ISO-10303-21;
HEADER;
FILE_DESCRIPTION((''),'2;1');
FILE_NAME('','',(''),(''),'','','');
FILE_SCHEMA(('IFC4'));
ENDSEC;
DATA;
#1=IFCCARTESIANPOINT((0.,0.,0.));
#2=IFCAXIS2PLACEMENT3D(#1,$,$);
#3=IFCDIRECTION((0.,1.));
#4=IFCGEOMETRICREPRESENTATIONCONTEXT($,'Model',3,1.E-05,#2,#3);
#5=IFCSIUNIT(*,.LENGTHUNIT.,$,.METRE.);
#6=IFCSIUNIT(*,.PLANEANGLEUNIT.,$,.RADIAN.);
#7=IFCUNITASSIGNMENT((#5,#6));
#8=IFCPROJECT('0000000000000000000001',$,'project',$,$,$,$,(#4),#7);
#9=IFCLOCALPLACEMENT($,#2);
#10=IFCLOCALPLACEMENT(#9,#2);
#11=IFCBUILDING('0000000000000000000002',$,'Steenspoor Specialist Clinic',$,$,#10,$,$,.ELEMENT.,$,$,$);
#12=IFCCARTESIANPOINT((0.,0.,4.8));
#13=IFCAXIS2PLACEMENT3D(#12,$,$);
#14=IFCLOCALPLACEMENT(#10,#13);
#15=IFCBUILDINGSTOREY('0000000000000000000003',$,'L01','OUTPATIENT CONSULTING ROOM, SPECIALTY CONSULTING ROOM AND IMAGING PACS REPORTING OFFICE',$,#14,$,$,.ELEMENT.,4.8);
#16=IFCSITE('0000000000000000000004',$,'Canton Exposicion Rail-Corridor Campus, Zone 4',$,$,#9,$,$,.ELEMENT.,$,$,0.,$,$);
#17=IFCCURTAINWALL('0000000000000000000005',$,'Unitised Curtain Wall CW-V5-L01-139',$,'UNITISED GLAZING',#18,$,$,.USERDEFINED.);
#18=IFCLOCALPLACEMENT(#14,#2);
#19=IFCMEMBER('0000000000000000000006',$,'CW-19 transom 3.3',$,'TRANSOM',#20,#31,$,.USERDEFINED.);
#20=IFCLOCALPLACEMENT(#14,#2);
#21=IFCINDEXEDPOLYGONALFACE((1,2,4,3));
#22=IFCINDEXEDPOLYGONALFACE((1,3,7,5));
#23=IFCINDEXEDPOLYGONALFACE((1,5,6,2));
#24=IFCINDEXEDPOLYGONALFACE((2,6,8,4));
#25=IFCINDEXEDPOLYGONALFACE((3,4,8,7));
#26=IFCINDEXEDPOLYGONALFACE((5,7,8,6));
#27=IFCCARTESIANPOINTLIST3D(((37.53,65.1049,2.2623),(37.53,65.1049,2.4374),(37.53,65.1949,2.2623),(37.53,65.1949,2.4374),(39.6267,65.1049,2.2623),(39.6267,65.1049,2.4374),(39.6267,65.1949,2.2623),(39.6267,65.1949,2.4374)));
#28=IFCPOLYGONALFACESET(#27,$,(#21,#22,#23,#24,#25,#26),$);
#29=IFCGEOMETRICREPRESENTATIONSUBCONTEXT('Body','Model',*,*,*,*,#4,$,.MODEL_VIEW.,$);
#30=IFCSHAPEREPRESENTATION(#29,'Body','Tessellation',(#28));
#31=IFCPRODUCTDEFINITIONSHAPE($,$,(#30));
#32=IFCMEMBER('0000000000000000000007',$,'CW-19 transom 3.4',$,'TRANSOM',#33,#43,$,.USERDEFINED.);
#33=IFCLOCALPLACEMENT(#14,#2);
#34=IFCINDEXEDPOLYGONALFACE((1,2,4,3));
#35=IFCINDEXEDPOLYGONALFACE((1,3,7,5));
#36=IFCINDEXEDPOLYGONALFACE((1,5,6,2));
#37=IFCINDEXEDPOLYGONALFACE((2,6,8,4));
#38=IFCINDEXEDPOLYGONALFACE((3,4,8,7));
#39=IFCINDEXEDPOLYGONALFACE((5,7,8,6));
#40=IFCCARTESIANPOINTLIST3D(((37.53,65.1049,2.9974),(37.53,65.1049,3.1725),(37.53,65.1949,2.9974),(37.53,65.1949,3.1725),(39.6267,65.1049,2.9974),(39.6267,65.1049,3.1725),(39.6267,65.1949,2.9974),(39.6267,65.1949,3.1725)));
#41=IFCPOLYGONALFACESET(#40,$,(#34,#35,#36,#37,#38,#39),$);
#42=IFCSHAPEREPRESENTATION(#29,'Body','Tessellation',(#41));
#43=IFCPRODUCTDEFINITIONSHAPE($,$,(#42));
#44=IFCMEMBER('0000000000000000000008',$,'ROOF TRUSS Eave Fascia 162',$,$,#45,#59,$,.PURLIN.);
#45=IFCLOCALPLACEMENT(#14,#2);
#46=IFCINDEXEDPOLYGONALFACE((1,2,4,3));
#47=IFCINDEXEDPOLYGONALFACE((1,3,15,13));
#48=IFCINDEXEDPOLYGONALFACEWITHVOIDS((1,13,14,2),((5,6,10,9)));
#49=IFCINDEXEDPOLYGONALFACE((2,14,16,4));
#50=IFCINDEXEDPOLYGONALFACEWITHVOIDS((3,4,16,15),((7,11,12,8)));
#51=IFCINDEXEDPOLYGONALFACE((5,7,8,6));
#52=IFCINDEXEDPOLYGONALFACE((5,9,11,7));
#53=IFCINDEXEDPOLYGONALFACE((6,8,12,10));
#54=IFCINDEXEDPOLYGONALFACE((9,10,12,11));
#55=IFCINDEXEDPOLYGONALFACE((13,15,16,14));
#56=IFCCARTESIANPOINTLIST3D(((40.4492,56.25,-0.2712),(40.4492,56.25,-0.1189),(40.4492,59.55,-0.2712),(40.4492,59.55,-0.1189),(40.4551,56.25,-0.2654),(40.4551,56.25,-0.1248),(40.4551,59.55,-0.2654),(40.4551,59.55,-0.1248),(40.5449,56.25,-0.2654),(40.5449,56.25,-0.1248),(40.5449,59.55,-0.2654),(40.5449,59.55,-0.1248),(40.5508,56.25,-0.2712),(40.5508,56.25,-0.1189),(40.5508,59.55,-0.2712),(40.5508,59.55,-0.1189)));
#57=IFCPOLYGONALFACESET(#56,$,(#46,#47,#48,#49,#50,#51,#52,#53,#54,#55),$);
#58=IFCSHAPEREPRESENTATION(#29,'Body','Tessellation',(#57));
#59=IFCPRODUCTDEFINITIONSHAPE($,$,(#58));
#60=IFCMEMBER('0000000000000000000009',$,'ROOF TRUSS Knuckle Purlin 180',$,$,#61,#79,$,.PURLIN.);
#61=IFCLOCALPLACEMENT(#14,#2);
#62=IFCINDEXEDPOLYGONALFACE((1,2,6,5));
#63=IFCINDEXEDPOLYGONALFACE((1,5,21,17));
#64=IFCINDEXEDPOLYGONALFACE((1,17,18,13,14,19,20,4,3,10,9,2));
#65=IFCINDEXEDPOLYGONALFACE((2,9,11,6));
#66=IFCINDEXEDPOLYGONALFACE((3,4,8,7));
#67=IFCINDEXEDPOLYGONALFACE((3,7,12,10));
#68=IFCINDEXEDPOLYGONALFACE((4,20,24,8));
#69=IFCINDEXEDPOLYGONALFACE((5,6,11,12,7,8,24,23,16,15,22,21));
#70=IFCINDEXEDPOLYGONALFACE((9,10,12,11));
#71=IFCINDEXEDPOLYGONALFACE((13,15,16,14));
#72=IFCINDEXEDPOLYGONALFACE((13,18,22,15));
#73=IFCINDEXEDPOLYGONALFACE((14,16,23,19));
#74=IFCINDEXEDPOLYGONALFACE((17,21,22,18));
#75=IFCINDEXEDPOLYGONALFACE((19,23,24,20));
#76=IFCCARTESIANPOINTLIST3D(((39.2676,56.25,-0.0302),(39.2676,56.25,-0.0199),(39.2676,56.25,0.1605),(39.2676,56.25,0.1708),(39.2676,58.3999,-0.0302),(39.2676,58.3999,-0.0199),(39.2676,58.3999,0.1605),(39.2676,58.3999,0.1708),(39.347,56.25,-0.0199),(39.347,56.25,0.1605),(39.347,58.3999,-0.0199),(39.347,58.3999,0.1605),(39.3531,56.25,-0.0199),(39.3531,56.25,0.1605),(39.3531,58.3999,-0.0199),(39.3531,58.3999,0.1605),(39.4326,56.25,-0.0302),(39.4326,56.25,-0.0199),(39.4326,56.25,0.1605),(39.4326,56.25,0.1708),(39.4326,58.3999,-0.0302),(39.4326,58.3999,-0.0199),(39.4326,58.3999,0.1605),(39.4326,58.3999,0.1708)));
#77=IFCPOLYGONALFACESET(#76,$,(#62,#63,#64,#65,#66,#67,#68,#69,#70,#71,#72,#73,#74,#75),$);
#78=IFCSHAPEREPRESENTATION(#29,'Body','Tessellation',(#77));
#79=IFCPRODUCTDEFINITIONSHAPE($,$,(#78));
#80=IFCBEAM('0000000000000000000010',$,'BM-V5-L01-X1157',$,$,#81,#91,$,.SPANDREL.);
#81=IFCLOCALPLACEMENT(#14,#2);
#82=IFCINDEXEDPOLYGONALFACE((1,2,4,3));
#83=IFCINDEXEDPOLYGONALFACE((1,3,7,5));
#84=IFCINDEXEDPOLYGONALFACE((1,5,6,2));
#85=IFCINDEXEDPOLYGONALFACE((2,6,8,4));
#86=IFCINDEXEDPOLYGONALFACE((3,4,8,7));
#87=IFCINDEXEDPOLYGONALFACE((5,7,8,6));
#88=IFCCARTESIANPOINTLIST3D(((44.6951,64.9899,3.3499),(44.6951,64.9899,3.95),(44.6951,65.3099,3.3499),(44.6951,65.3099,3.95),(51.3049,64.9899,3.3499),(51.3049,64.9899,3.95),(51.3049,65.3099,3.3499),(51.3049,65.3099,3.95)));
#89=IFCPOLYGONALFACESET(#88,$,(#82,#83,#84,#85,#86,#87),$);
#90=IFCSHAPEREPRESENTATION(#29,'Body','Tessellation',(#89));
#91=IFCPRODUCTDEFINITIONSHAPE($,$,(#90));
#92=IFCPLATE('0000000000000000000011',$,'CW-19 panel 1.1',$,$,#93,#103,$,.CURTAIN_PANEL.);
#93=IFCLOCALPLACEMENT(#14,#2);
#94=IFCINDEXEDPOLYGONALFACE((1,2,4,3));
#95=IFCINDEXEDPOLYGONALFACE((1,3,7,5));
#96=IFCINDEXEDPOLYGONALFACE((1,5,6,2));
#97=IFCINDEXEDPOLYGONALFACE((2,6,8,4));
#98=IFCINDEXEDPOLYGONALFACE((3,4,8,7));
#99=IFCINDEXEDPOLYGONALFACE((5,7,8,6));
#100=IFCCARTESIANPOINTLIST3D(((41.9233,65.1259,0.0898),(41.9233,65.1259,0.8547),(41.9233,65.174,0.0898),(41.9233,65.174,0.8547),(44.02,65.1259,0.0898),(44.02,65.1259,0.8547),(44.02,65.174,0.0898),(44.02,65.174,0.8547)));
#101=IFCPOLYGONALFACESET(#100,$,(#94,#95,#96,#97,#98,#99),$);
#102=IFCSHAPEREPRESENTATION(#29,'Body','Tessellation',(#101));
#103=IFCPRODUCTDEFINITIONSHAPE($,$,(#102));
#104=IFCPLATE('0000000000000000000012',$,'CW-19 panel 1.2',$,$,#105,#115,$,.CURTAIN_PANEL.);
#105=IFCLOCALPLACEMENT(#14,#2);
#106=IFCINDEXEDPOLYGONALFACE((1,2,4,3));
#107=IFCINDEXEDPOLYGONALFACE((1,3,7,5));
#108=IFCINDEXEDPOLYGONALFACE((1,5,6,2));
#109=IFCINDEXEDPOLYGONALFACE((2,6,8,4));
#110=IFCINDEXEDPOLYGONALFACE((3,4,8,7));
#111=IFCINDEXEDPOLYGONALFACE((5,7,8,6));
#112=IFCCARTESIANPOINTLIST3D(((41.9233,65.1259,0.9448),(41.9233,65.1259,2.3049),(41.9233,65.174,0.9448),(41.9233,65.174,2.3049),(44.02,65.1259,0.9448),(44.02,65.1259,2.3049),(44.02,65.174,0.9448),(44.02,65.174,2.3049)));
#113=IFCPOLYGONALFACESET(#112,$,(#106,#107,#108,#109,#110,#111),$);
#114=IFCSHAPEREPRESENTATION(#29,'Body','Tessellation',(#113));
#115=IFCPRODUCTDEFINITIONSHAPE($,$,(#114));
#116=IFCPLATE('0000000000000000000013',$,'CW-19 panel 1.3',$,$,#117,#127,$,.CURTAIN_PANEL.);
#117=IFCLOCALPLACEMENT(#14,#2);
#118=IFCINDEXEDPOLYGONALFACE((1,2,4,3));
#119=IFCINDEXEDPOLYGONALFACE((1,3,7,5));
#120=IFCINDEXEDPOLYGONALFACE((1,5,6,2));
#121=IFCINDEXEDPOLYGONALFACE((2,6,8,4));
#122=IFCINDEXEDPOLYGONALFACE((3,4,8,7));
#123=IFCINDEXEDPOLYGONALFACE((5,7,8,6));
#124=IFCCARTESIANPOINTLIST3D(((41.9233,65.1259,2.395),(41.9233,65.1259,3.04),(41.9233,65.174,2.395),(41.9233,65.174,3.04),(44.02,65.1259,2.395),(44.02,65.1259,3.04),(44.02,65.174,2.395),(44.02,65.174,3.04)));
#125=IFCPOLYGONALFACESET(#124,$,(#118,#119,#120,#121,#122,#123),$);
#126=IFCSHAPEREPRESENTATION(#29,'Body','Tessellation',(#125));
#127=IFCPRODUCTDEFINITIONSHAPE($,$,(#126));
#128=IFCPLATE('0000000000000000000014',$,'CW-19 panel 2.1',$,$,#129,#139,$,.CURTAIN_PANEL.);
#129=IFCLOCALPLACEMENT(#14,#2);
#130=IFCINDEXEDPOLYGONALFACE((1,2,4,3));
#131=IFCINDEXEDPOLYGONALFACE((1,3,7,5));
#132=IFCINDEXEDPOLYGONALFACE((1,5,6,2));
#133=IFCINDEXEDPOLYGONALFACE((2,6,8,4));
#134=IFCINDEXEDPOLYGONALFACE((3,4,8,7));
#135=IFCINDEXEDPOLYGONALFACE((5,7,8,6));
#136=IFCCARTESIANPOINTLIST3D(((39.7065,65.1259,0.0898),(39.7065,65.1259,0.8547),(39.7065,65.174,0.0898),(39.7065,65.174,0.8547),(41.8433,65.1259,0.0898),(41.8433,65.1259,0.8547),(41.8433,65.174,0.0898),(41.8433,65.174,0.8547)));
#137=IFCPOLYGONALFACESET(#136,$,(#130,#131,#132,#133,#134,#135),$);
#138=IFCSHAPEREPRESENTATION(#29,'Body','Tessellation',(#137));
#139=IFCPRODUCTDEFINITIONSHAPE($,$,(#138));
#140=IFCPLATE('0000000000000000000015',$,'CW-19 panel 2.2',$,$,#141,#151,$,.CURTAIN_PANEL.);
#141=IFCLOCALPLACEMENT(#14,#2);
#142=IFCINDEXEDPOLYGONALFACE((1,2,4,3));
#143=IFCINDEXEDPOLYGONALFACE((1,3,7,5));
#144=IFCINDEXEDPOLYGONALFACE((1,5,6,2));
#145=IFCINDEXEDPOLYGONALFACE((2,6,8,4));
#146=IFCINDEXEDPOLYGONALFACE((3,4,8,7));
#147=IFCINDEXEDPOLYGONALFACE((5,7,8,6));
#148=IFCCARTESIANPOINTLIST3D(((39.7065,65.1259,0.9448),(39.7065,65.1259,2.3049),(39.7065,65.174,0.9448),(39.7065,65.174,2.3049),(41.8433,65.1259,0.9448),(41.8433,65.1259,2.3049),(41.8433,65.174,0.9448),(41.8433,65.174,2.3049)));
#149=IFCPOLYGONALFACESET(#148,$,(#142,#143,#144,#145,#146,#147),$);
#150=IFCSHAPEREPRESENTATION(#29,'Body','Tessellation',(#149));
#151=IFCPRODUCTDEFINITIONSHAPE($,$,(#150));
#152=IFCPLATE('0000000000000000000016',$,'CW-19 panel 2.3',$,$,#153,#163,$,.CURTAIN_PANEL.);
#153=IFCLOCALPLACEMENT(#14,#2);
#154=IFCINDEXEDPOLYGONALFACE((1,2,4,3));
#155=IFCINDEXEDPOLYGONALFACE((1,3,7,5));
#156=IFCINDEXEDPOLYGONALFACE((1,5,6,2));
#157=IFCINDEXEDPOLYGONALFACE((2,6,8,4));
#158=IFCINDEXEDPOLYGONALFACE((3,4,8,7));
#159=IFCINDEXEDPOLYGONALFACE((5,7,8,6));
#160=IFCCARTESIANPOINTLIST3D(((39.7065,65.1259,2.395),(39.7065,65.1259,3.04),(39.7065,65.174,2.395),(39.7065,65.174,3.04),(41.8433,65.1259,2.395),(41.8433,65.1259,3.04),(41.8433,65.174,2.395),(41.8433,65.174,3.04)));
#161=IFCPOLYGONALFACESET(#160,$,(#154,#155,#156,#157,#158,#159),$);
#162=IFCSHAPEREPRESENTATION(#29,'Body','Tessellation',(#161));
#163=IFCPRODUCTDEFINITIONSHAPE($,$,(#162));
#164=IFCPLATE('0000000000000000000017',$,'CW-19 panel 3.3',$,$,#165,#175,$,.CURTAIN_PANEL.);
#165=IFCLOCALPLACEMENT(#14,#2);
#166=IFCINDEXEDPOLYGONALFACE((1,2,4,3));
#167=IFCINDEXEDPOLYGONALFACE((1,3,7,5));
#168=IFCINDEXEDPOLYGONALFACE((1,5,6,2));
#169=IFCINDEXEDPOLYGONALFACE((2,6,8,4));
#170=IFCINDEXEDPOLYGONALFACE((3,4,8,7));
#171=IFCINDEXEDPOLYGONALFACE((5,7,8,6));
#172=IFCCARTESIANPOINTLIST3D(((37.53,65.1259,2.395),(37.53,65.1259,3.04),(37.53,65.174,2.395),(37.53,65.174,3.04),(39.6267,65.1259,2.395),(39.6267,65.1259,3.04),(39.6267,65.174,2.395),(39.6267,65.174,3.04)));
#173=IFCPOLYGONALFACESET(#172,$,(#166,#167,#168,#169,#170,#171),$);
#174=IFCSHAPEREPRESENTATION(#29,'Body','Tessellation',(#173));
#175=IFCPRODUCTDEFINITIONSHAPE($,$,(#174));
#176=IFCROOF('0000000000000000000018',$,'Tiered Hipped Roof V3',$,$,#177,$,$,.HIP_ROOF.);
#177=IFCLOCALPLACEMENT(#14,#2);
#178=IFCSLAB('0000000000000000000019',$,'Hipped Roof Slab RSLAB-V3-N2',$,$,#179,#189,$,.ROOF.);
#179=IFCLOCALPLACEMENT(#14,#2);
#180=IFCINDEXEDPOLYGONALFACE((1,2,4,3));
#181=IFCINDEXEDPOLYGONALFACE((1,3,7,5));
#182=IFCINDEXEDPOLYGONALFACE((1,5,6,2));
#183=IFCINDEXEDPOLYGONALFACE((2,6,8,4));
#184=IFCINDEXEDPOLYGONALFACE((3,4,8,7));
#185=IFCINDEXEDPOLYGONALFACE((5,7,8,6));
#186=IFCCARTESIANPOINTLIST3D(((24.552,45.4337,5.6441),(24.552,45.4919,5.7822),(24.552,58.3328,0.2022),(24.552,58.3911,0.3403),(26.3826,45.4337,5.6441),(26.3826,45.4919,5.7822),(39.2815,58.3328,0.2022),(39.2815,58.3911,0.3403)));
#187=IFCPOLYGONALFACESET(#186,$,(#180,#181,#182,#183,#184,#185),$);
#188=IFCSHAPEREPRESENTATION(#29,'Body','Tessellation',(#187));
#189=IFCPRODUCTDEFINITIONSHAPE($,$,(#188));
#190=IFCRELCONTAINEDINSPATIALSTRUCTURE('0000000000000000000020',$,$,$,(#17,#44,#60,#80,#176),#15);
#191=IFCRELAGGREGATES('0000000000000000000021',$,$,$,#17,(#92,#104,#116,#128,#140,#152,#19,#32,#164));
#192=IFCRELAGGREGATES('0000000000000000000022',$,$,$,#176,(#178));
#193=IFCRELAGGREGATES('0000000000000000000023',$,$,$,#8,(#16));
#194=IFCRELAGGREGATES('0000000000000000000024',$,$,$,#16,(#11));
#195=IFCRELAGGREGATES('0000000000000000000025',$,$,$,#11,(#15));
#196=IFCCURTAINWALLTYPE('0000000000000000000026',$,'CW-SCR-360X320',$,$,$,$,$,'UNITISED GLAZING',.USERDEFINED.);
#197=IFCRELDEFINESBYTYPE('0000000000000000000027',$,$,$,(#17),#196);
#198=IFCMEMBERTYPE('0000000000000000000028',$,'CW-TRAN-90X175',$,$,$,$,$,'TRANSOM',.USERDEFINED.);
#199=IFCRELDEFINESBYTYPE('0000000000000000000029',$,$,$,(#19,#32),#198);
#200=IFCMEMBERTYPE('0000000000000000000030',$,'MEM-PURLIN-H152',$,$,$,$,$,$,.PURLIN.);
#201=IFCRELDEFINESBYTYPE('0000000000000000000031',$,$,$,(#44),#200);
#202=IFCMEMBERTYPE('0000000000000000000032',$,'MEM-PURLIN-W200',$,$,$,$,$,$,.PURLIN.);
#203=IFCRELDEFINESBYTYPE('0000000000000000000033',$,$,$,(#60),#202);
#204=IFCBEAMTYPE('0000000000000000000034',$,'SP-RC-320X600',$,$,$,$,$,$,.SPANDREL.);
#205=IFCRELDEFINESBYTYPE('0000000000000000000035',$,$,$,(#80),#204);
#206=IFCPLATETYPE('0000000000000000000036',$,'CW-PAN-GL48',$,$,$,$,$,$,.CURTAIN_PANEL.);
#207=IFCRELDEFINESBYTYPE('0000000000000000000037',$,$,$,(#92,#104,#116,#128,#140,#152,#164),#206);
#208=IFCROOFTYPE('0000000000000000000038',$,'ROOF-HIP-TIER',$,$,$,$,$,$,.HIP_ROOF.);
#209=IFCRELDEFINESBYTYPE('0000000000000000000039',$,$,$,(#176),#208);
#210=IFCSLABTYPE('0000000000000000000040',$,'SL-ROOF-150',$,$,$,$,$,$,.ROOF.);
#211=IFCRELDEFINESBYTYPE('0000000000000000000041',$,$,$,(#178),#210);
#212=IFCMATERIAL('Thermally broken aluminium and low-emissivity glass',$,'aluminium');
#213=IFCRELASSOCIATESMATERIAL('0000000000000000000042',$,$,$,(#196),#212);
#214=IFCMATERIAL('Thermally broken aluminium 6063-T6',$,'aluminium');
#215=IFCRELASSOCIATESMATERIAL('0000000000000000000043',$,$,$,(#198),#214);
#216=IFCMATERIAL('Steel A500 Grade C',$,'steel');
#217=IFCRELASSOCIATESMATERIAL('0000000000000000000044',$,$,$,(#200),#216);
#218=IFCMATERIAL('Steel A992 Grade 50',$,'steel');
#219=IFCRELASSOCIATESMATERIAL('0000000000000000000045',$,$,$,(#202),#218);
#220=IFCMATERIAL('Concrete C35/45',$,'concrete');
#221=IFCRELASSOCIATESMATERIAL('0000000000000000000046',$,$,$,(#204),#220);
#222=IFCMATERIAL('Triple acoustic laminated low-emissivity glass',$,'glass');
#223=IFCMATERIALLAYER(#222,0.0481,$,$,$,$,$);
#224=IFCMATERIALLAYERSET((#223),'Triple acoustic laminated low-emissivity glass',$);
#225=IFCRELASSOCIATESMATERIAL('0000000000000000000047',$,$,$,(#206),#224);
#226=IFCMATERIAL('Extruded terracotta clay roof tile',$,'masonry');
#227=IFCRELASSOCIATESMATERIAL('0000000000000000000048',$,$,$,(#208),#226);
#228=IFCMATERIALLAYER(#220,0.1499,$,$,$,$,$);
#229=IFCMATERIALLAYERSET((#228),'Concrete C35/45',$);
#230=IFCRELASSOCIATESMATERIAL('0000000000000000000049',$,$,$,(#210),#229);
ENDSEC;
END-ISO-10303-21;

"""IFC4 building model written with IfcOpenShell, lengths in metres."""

from ifc_helpers import new_model, si_unit, direction, frame, origin, origin_2d, place, context, subcontext, project, spatial, polyline, rectangle, hollow_rectangle, i_section, outline, extrude, material, layer, layer_set, material_profile, profile_set, type_object, element, aggregate, save


model = new_model("IFC4")

# Units and contexts
model_context = context("Model", 3, precision=1e-05, world=origin(), true_north=direction((0.0, 1.0)))
body_context = subcontext(model_context, "Body", "Model", "MODEL_VIEW")
ifc_project = project(units=[si_unit("LENGTHUNIT", "METRE"), si_unit("PLANEANGLEUNIT", "RADIAN")], contexts=[model_context])

# Site, building, storey
site_placement = place(None, origin())
site = spatial("IfcSite", under=ifc_project, at=site_placement, Name="Canton Exposicion Rail-Corridor Campus, Zone 4", CompositionType="ELEMENT", RefElevation=0.0)
building_placement = place(site_placement, origin())
building = spatial("IfcBuilding", under=site, at=building_placement, Name="Steenspoor Specialist Clinic", CompositionType="ELEMENT")
storey_placement = place(building_placement, frame((0.0, 0.0, 4.8)))
storey = spatial("IfcBuildingStorey", under=building, at=storey_placement, Name="L01", Description="OUTPATIENT CONSULTING ROOM, SPECIALTY CONSULTING ROOM AND IMAGING PACS REPORTING OFFICE", CompositionType="ELEMENT", Elevation=4.8)

# Curtain wall, members
ifc_material_1 = material(Name="Thermally broken aluminium and low-emissivity glass", Category="aluminium")
curtain_wall_type = type_object("IfcCurtainWallType", Name="CW-SCR-360X320", ElementType="UNITISED GLAZING", PredefinedType="USERDEFINED", material=ifc_material_1)
curtain_wall_placement = place(storey_placement, origin())
curtain_wall = element("IfcCurtainWall", 1, at=curtain_wall_placement, inside=storey, type_object=curtain_wall_type, Name="Unitised Curtain Wall CW-V5-L01-139", ObjectType="UNITISED GLAZING", PredefinedType="USERDEFINED")
ifc_material_2 = material(Name="Thermally broken aluminium 6063-T6", Category="aluminium")
ifc_material_profile_1 = material_profile(ifc_material_2, rectangle(XDim=0.0901, YDim=0.175, at=origin_2d()), Name="CWT-90X175")
ifc_profile_set_1 = profile_set([ifc_material_profile_1], Name="Thermally broken aluminium 6063-T6")
member_type_1 = type_object("IfcMemberType", Name="CW-TRAN-90X175", ElementType="TRANSOM", PredefinedType="USERDEFINED", material=ifc_profile_set_1)
member_1_placement = place(storey_placement, frame((39.6267, 65.1499, 2.3499), z_axis=(-1.0, 0.0, 0.0), x_axis=(0.0, -1.0, 0.0)))
member_1 = element("IfcMember", 2, at=member_1_placement, type_object=member_type_1, Name="CW-19 transom 3.3", ObjectType="TRANSOM", PredefinedType="USERDEFINED", context=body_context, shape_type="SweptSolid", body=[
    extrude(rectangle(XDim=0.0901, YDim=0.175, at=origin_2d()), origin(), (0.0, 0.0, 1.0), 2.0967),
])
member_2_placement = place(storey_placement, frame((39.6267, 65.1499, 3.085), z_axis=(-1.0, 0.0, 0.0), x_axis=(0.0, -1.0, 0.0)))
member_2 = element("IfcMember", 3, at=member_2_placement, type_object=member_type_1, Name="CW-19 transom 3.4", ObjectType="TRANSOM", PredefinedType="USERDEFINED", context=body_context, shape_type="SweptSolid", body=[
    extrude(rectangle(XDim=0.0901, YDim=0.175, at=origin_2d()), origin(), (0.0, 0.0, 1.0), 2.0967),
])

# Members
ifc_material_3 = material(Name="Steel A500 Grade C", Category="steel")
ifc_material_profile_2 = material_profile(ifc_material_3, hollow_rectangle(XDim=0.1016, YDim=0.1523, WallThickness=0.0059, at=origin_2d()), Name="HSS152X102X6.4")
ifc_profile_set_2 = profile_set([ifc_material_profile_2], Name="Steel A500 Grade C")
member_type_2 = type_object("IfcMemberType", Name="MEM-PURLIN-H152", PredefinedType="PURLIN", material=ifc_profile_set_2)
member_3_placement = place(storey_placement, frame((40.5, 56.25, -0.1951), z_axis=(0.0, 1.0, 0.0), x_axis=(-1.0, 0.0, 0.0)))
element("IfcMember", 4, at=member_3_placement, inside=storey, type_object=member_type_2, Name="ROOF TRUSS Eave Fascia 162", PredefinedType="PURLIN", context=body_context, shape_type="SweptSolid", body=[
    extrude(hollow_rectangle(XDim=0.1016, YDim=0.1523, WallThickness=0.0059, at=origin_2d()), origin(), (0.0, 0.0, 1.0), 3.3),
])
ifc_material_4 = material(Name="Steel A992 Grade 50", Category="steel")
ifc_material_profile_3 = material_profile(ifc_material_4, i_section(OverallWidth=0.165, OverallDepth=0.2009, WebThickness=0.0061, FlangeThickness=0.0103, at=origin_2d()), Name="W200X36")
ifc_profile_set_3 = profile_set([ifc_material_profile_3], Name="Steel A992 Grade 50")
member_type_3 = type_object("IfcMemberType", Name="MEM-PURLIN-W200", PredefinedType="PURLIN", material=ifc_profile_set_3)
member_4_placement = place(storey_placement, frame((39.3501, 56.25, 0.0703), z_axis=(0.0, 1.0, 0.0), x_axis=(-1.0, 0.0, 0.0)))
element("IfcMember", 5, at=member_4_placement, inside=storey, type_object=member_type_3, Name="ROOF TRUSS Knuckle Purlin 180", PredefinedType="PURLIN", context=body_context, shape_type="SweptSolid", body=[
    extrude(i_section(OverallWidth=0.165, OverallDepth=0.2009, WebThickness=0.0061, FlangeThickness=0.0103, at=origin_2d()), origin(), (0.0, 0.0, 1.0), 2.1499),
])

# Beam
ifc_material_5 = material(Name="Concrete C35/45", Category="concrete")
ifc_material_profile_4 = material_profile(ifc_material_5, rectangle(XDim=0.3201, YDim=0.6001, at=origin_2d()), Name="RC-SP-320X600")
ifc_profile_set_4 = profile_set([ifc_material_profile_4], Name="Concrete C35/45")
beam_type = type_object("IfcBeamType", Name="SP-RC-320X600", PredefinedType="SPANDREL", material=ifc_profile_set_4)
beam_placement = place(storey_placement, frame((44.6951, 65.1499, 3.6499), z_axis=(1.0, 0.0, 0.0), x_axis=(0.0, 1.0, 0.0)))
element("IfcBeam", 6, at=beam_placement, inside=storey, type_object=beam_type, Name="BM-V5-L01-X1157", PredefinedType="SPANDREL", context=body_context, shape_type="SweptSolid", body=[
    extrude(rectangle(XDim=0.3201, YDim=0.6001, at=origin_2d()), origin(), (0.0, 0.0, 1.0), 6.6099),
])

# Plates
ifc_material_6 = material(Name="Triple acoustic laminated low-emissivity glass", Category="glass")
ifc_layer_1 = layer(ifc_material_6, 0.0481)
ifc_layer_set_1 = layer_set([ifc_layer_1], Name="Triple acoustic laminated low-emissivity glass")
plate_type = type_object("IfcPlateType", Name="CW-PAN-GL48", PredefinedType="CURTAIN_PANEL", material=ifc_layer_set_1)
plate_1_placement = place(storey_placement, frame((42.9717, 65.1499, 0.0898), z_axis=(0.0, 0.0, 1.0), x_axis=(-1.0, 0.0, 0.0)))
plate_1 = element("IfcPlate", 7, at=plate_1_placement, type_object=plate_type, Name="CW-19 panel 1.1", PredefinedType="CURTAIN_PANEL", context=body_context, shape_type="SweptSolid", body=[
    extrude(rectangle(XDim=2.0967, YDim=0.0481, at=origin_2d()), origin(), (0.0, 0.0, 1.0), 0.7649),
])
plate_2_placement = place(storey_placement, frame((42.9717, 65.1499, 0.9448), z_axis=(0.0, 0.0, 1.0), x_axis=(-1.0, 0.0, 0.0)))
plate_2 = element("IfcPlate", 8, at=plate_2_placement, type_object=plate_type, Name="CW-19 panel 1.2", PredefinedType="CURTAIN_PANEL", context=body_context, shape_type="SweptSolid", body=[
    extrude(rectangle(XDim=2.0967, YDim=0.0481, at=origin_2d()), origin(), (0.0, 0.0, 1.0), 1.3601),
])
plate_3_placement = place(storey_placement, frame((42.9717, 65.1499, 2.395), z_axis=(0.0, 0.0, 1.0), x_axis=(-1.0, 0.0, 0.0)))
plate_3 = element("IfcPlate", 9, at=plate_3_placement, type_object=plate_type, Name="CW-19 panel 1.3", PredefinedType="CURTAIN_PANEL", context=body_context, shape_type="SweptSolid", body=[
    extrude(rectangle(XDim=2.0967, YDim=0.0481, at=origin_2d()), origin(), (0.0, 0.0, 1.0), 0.645),
])
plate_4_placement = place(storey_placement, frame((40.7749, 65.1499, 0.0898), z_axis=(0.0, 0.0, 1.0), x_axis=(-1.0, 0.0, 0.0)))
plate_4 = element("IfcPlate", 10, at=plate_4_placement, type_object=plate_type, Name="CW-19 panel 2.1", PredefinedType="CURTAIN_PANEL", context=body_context, shape_type="SweptSolid", body=[
    extrude(rectangle(XDim=2.1367, YDim=0.0481, at=origin_2d()), origin(), (0.0, 0.0, 1.0), 0.7649),
])
plate_5_placement = place(storey_placement, frame((40.7749, 65.1499, 0.9448), z_axis=(0.0, 0.0, 1.0), x_axis=(-1.0, 0.0, 0.0)))
plate_5 = element("IfcPlate", 11, at=plate_5_placement, type_object=plate_type, Name="CW-19 panel 2.2", PredefinedType="CURTAIN_PANEL", context=body_context, shape_type="SweptSolid", body=[
    extrude(rectangle(XDim=2.1367, YDim=0.0481, at=origin_2d()), origin(), (0.0, 0.0, 1.0), 1.3601),
])
plate_6_placement = place(storey_placement, frame((40.7749, 65.1499, 2.395), z_axis=(0.0, 0.0, 1.0), x_axis=(-1.0, 0.0, 0.0)))
plate_6 = element("IfcPlate", 12, at=plate_6_placement, type_object=plate_type, Name="CW-19 panel 2.3", PredefinedType="CURTAIN_PANEL", context=body_context, shape_type="SweptSolid", body=[
    extrude(rectangle(XDim=2.1367, YDim=0.0481, at=origin_2d()), origin(), (0.0, 0.0, 1.0), 0.645),
])
plate_7_placement = place(storey_placement, frame((38.5784, 65.1499, 2.395), z_axis=(0.0, 0.0, 1.0), x_axis=(-1.0, 0.0, 0.0)))
plate_7 = element("IfcPlate", 13, at=plate_7_placement, type_object=plate_type, Name="CW-19 panel 3.3", PredefinedType="CURTAIN_PANEL", context=body_context, shape_type="SweptSolid", body=[
    extrude(rectangle(XDim=2.0967, YDim=0.0481, at=origin_2d()), origin(), (0.0, 0.0, 1.0), 0.645),
])
aggregate(curtain_wall, [plate_1, plate_2, plate_3, plate_4, plate_5, plate_6, member_1, member_2, plate_7])

# Roof, slab
ifc_material_7 = material(Name="Extruded terracotta clay roof tile", Category="masonry")
roof_type = type_object("IfcRoofType", Name="ROOF-HIP-TIER", PredefinedType="HIP_ROOF", material=ifc_material_7)
roof_placement = place(storey_placement, origin())
roof = element("IfcRoof", 14, at=roof_placement, inside=storey, type_object=roof_type, Name="Tiered Hipped Roof V3", PredefinedType="HIP_ROOF")
ifc_layer_2 = layer(ifc_material_5, 0.1499)
ifc_layer_set_2 = layer_set([ifc_layer_2], Name="Concrete C35/45")
slab_type = type_object("IfcSlabType", Name="SL-ROOF-150", PredefinedType="ROOF", material=ifc_layer_set_2)
slab_1_placement = place(storey_placement, frame((39.2815, 58.3911, 0.3403), z_axis=(0.0, 0.388704, 0.921363), x_axis=(-1.0, 0.0, 0.0)))
slab_1 = element("IfcSlab", 15, at=slab_1_placement, type_object=slab_type, Name="Hipped Roof Slab RSLAB-V3-N2", PredefinedType="ROOF", context=body_context, shape_type="SweptSolid", body=[
    extrude(outline(polyline([(0.0, 0.0), (14.7295, 0.0), (14.7295, 14.0001), (12.8989, 14.0001), (0.0, 0.0)])), origin(), (0.0, 0.0, -1.0), 0.1499),
])
aggregate(roof, [slab_1])

save(model, "model.ifc")
